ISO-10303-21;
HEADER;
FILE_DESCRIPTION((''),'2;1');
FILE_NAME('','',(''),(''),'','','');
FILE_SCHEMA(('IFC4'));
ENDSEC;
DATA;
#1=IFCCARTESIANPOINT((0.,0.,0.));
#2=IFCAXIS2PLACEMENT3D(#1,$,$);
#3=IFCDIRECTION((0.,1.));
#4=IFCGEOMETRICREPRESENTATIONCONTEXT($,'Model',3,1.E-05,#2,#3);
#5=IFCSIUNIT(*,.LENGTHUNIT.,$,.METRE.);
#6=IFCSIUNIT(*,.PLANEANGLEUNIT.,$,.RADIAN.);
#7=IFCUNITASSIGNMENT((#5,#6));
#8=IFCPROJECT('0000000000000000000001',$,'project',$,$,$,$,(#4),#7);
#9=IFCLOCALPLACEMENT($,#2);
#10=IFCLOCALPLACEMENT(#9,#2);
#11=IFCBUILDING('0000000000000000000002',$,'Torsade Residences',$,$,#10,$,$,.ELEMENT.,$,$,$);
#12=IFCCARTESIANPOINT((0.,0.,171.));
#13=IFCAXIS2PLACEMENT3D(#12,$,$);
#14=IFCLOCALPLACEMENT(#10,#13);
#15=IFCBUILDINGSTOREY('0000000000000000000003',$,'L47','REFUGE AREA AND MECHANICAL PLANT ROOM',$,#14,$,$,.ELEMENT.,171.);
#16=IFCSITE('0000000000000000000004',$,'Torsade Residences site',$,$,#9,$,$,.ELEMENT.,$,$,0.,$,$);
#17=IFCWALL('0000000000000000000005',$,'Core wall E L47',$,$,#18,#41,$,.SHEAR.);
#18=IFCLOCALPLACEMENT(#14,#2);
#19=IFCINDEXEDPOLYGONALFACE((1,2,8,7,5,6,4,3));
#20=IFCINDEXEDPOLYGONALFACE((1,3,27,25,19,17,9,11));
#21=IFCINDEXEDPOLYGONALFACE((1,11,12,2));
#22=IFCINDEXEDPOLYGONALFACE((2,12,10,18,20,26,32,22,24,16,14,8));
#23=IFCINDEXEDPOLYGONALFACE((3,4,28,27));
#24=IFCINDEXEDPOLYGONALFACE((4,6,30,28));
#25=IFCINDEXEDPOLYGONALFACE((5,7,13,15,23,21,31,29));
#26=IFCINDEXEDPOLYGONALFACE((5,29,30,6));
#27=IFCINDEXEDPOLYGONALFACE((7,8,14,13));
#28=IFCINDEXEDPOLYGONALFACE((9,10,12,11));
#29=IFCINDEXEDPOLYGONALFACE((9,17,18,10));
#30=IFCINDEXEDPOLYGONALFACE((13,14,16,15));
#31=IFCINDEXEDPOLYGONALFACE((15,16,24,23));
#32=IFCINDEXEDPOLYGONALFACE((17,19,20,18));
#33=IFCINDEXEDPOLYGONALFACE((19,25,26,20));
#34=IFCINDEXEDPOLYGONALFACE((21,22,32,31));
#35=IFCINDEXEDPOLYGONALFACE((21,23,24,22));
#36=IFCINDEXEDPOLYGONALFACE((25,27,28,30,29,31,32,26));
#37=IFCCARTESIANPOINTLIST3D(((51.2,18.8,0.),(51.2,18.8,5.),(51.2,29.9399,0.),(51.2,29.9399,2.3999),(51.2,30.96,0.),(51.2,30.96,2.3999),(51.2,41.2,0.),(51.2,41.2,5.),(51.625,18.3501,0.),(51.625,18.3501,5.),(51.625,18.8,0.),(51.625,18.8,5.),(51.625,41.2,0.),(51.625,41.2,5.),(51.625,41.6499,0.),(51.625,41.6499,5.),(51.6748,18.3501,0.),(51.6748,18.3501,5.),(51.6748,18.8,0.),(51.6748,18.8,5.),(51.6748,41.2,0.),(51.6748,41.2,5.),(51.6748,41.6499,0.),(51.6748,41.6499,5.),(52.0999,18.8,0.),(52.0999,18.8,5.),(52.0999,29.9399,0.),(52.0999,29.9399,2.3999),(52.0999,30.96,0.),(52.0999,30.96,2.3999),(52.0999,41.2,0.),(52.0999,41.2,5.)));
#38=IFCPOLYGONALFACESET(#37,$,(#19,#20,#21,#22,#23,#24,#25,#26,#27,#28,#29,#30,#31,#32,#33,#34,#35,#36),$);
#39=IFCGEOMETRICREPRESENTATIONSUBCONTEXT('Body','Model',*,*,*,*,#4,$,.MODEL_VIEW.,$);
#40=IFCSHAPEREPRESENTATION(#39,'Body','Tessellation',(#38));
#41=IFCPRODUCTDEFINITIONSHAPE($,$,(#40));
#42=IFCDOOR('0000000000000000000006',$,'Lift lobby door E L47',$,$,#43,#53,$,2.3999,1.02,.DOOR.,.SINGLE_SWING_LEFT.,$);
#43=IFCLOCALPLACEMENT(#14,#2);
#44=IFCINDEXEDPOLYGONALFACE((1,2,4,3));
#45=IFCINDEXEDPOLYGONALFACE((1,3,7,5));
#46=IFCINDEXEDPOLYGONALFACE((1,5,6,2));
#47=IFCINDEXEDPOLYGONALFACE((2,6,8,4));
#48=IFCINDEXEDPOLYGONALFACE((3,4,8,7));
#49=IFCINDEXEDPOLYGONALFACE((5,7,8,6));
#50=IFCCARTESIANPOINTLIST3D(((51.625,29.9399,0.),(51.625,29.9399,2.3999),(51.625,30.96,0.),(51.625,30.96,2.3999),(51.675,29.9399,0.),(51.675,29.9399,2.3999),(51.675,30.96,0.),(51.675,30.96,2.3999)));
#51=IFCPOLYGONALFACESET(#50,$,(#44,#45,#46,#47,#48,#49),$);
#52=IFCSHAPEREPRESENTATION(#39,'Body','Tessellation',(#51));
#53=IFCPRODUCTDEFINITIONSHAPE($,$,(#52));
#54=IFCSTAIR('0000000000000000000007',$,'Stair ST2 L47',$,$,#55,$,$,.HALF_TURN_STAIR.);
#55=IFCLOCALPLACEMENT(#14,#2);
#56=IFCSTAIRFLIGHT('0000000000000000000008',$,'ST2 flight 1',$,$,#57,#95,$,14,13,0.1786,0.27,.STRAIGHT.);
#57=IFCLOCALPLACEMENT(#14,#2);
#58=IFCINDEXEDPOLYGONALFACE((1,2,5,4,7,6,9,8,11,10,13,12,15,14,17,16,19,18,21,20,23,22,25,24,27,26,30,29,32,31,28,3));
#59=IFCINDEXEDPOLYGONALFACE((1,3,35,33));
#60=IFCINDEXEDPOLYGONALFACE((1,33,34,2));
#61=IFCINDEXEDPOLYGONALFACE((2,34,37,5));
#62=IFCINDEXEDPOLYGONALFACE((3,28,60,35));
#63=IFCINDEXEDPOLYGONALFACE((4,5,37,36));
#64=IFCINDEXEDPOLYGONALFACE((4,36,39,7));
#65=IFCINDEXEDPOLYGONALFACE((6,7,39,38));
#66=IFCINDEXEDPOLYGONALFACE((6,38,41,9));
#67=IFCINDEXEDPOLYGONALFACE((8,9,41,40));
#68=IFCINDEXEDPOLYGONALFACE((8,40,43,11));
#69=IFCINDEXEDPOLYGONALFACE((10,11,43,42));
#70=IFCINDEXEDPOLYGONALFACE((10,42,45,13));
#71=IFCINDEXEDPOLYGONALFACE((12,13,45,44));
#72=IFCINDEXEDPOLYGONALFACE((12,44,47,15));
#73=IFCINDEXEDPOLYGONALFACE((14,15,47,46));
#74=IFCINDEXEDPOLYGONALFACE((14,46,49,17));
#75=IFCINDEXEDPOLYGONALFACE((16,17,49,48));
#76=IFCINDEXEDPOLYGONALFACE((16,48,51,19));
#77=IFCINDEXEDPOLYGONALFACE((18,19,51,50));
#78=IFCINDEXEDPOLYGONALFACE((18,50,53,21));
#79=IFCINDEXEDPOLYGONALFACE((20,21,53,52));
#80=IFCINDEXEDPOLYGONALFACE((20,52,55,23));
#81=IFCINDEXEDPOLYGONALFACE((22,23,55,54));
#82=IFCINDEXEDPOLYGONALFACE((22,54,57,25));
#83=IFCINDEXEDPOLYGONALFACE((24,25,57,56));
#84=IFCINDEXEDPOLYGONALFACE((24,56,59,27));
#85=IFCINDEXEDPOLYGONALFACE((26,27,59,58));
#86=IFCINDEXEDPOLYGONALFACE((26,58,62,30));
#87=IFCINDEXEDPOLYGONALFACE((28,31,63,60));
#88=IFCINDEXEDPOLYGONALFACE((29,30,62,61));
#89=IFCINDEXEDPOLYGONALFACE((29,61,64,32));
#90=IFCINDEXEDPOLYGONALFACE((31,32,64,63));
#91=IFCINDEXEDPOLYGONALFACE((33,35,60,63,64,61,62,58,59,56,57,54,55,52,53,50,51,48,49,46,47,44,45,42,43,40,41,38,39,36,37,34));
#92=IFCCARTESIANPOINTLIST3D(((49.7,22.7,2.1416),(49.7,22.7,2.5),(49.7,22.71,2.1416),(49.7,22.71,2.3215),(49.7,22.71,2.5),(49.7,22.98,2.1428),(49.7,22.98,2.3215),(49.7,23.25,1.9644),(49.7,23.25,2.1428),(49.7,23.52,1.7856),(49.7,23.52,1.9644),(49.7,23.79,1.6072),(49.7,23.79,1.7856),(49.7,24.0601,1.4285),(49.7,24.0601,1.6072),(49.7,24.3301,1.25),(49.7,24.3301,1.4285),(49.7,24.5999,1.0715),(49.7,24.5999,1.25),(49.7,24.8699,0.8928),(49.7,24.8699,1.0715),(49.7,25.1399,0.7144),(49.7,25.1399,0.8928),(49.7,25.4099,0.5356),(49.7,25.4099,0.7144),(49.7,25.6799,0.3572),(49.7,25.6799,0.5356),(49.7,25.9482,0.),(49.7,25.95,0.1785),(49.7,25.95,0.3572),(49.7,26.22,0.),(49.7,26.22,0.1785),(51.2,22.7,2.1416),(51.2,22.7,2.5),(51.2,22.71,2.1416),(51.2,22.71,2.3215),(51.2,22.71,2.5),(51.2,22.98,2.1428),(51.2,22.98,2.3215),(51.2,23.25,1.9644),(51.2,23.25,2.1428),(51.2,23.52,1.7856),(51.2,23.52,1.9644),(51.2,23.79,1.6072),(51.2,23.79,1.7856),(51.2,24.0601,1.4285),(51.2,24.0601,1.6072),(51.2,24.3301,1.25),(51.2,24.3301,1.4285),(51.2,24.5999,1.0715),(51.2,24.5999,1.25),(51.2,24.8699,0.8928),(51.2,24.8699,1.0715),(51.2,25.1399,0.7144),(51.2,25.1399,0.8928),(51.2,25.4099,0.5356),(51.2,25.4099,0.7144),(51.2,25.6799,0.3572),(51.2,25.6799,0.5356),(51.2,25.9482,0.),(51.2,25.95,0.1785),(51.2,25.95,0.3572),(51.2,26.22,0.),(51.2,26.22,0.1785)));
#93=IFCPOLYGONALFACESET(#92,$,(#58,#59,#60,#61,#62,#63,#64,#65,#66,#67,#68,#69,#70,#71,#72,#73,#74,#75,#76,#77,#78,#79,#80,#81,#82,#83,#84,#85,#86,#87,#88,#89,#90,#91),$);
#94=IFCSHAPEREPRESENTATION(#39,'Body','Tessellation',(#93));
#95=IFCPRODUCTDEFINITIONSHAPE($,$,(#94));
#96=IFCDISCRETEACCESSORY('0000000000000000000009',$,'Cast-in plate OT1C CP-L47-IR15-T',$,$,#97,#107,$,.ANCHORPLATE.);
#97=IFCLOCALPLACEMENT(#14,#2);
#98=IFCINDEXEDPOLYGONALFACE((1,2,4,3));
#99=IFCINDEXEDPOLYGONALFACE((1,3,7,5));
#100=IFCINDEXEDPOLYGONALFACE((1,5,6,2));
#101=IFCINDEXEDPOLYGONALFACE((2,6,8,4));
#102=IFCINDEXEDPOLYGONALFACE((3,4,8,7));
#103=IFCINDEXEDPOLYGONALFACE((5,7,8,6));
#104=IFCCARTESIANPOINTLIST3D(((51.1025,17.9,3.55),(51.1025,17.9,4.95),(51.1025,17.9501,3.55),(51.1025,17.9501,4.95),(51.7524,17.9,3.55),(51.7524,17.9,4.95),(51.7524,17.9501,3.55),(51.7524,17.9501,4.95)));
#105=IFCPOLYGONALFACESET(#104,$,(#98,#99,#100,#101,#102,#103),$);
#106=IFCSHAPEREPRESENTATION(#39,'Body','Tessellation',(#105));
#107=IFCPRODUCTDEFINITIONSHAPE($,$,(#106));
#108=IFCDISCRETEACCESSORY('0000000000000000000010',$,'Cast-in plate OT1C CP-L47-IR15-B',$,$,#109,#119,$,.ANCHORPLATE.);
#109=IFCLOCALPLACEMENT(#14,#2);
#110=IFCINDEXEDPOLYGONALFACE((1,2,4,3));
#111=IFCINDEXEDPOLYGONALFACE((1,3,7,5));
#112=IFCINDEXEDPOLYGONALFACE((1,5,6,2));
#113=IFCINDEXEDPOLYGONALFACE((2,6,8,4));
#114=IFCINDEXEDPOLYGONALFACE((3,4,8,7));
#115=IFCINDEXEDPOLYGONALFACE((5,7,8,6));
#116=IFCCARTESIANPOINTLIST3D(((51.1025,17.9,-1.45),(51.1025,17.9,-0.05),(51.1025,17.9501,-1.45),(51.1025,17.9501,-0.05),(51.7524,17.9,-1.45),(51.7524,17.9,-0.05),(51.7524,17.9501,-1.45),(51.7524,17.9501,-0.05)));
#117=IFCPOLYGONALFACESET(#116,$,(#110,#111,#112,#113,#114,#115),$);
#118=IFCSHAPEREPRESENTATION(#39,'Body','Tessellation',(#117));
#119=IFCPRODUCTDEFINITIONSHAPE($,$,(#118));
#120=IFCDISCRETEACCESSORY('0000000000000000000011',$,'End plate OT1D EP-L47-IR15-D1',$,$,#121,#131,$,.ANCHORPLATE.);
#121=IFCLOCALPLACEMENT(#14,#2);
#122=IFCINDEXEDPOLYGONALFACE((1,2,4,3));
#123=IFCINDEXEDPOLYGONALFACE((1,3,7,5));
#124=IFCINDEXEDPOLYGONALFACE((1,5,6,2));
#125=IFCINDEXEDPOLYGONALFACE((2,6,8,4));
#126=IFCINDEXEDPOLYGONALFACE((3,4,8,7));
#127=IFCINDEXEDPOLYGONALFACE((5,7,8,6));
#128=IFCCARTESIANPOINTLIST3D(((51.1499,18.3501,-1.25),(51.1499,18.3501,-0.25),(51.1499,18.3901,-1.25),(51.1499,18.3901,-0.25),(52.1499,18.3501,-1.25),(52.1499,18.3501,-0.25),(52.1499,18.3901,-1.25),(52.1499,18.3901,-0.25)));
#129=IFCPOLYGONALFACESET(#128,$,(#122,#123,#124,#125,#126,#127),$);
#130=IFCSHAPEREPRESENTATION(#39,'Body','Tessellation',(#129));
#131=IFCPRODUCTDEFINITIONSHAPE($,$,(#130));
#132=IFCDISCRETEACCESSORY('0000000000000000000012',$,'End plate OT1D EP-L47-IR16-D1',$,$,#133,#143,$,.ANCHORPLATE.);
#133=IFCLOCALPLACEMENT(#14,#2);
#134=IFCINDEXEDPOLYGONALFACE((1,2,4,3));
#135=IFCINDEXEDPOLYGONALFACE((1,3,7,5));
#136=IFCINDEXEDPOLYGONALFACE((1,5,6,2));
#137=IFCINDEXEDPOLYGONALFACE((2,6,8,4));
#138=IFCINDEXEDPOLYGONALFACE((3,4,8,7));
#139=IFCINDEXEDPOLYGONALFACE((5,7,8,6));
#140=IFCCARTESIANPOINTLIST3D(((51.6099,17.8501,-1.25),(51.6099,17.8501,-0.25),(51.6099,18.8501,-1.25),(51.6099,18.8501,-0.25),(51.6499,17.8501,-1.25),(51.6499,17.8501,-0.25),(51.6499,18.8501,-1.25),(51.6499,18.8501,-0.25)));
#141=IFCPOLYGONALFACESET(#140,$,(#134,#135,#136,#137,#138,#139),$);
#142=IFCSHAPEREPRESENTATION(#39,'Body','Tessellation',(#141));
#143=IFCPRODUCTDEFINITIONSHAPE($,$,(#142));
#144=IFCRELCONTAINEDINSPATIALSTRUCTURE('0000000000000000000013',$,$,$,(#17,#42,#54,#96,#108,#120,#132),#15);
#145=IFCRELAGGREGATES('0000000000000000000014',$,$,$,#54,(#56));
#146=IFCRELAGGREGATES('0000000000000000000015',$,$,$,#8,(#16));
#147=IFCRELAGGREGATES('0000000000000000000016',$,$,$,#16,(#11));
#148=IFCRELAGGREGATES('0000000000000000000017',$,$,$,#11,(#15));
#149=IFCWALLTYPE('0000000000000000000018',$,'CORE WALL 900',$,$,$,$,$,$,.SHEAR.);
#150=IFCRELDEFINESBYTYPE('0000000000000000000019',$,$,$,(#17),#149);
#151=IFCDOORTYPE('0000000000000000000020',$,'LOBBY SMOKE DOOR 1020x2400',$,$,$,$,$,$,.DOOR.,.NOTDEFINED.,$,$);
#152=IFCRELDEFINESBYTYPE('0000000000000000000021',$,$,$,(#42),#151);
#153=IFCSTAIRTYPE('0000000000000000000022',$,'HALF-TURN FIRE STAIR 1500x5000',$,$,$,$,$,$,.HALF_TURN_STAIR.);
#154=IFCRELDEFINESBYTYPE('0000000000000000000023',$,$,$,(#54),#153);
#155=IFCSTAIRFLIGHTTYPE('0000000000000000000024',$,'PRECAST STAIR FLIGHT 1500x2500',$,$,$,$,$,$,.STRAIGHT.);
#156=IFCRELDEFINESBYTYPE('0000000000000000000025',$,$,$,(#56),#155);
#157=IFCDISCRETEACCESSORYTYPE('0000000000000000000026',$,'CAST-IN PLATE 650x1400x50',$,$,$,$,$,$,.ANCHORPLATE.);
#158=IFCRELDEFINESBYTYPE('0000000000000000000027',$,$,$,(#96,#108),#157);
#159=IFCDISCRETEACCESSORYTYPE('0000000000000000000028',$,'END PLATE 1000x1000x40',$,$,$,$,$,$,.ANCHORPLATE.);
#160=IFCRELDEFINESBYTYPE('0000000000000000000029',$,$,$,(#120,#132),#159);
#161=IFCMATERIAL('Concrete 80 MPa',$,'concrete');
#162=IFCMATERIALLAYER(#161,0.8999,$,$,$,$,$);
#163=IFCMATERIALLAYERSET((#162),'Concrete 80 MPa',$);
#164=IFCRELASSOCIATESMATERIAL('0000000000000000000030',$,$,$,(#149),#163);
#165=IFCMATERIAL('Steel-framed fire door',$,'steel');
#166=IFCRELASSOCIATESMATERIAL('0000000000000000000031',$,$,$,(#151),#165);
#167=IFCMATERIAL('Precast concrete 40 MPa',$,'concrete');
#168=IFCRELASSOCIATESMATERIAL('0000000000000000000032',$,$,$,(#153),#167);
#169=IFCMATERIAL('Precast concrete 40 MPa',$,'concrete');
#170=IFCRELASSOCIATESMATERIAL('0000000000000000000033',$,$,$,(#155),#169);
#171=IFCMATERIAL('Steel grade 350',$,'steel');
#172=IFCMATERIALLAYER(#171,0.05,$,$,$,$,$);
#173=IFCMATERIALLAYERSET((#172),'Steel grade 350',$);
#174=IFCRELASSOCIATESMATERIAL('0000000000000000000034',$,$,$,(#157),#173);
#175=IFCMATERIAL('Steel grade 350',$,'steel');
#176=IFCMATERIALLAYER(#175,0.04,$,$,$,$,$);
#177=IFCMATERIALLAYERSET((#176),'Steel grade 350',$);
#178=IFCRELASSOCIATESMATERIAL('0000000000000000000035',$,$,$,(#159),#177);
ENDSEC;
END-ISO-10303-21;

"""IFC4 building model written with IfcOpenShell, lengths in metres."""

from ifc_helpers import new_model, si_unit, direction, frame, frame_2d, origin, origin_2d, place, context, subcontext, project, spatial, polyline, rectangle, outline, extrude, material, layer, layer_set, type_object, element, fill, aggregate, save


model = new_model("IFC4")

# Units and contexts
model_context = context("Model", 3, precision=1e-05, world=origin(), true_north=direction((0.0, 1.0)))
body_context = subcontext(model_context, "Body", "Model", "MODEL_VIEW")
ifc_project = project(units=[si_unit("LENGTHUNIT", "METRE"), si_unit("PLANEANGLEUNIT", "RADIAN")], contexts=[model_context])

# Site, building, storey
site_placement = place(None, origin())
site = spatial("IfcSite", under=ifc_project, at=site_placement, Name="Torsade Residences site", CompositionType="ELEMENT", RefElevation=0.0)
building_placement = place(site_placement, origin())
building = spatial("IfcBuilding", under=site, at=building_placement, Name="Torsade Residences", CompositionType="ELEMENT")
storey_placement = place(building_placement, frame((0.0, 0.0, 171.0)))
storey = spatial("IfcBuildingStorey", under=building, at=storey_placement, Name="L47", Description="REFUGE AREA AND MECHANICAL PLANT ROOM", CompositionType="ELEMENT", Elevation=171.0)

# Shared definitions
ifc_material_1 = material(Name="Concrete 80 MPa", Category="concrete")
ifc_layer_1 = layer(ifc_material_1, 0.8999)
ifc_layer_set_1 = layer_set([ifc_layer_1], Name="Concrete 80 MPa")
wall_type_1 = type_object("IfcWallType", Name="CORE WALL 900", PredefinedType="SHEAR", material=ifc_layer_set_1)

# Wall, opening, door
wall_1_placement = place(storey_placement, frame((51.6499, 18.8, 0.0), z_axis=(0.0, 0.0, 1.0), x_axis=(0.0, 1.0, 0.0)))
wall_1 = element("IfcWall", 1, at=wall_1_placement, inside=storey, type_object=wall_type_1, Name="Core wall E L47", PredefinedType="SHEAR", context=body_context, shape_type="SweptSolid", body=[
    extrude(outline(polyline([(0.0, -0.45), (22.3999, -0.45), (22.3999, -0.0249), (22.8499, -0.0249), (22.8499, 0.0249), (22.3999, 0.0249), (22.3999, 0.45), (0.0, 0.45), (0.0, 0.0249), (-0.45, 0.0249), (-0.45, -0.0249), (0.0, -0.0249), (0.0, -0.45)])), origin(), (0.0, 0.0, 1.0), 5.0),
])
opening_1_placement = place(wall_1_placement, frame((11.1399, 0.0, 0.0)))
opening_1 = element("IfcOpeningElement", 2, at=opening_1_placement, cuts=wall_1, PredefinedType="OPENING", context=body_context, shape_type="SweptSolid", body=[
    extrude(rectangle(XDim=1.02, YDim=2.3999, at=frame_2d((0.51, 1.2))), frame((0.0, 0.46, 0.0), z_axis=(0.0, -1.0, 0.0), x_axis=(1.0, 0.0, 0.0)), (0.0, 0.0, 1.0), 0.9199),
])
ifc_material_2 = material(Name="Steel-framed fire door", Category="steel")
door_type_1 = type_object("IfcDoorType", Name="LOBBY SMOKE DOOR 1020x2400", OperationType="NOTDEFINED", PredefinedType="DOOR", material=ifc_material_2)
door_1_placement = place(opening_1_placement, origin())
door_1 = element("IfcDoor", 3, at=door_1_placement, inside=storey, type_object=door_type_1, Name="Lift lobby door E L47", OperationType="SINGLE_SWING_LEFT", OverallHeight=2.3999, OverallWidth=1.02, PredefinedType="DOOR", context=body_context, shape_type="SweptSolid", body=[
    extrude(rectangle(XDim=1.02, YDim=2.3999, at=frame_2d((0.51, 1.2))), frame((0.0, 0.0249, 0.0), z_axis=(0.0, -1.0, 0.0), x_axis=(1.0, 0.0, 0.0)), (0.0, 0.0, 1.0), 0.05),
])
fill(opening_1, door_1)

# Stair, stair flight
ifc_material_3 = material(Name="Precast concrete 40 MPa", Category="concrete")
stair_type = type_object("IfcStairType", Name="HALF-TURN FIRE STAIR 1500x5000", PredefinedType="HALF_TURN_STAIR", material=ifc_material_3)
stair_placement = place(storey_placement, origin())
stair = element("IfcStair", 4, at=stair_placement, inside=storey, type_object=stair_type, Name="Stair ST2 L47", PredefinedType="HALF_TURN_STAIR")
ifc_material_4 = material(Name="Precast concrete 40 MPa", Category="concrete")
stair_flight_type = type_object("IfcStairFlightType", Name="PRECAST STAIR FLIGHT 1500x2500", PredefinedType="STRAIGHT", material=ifc_material_4)
stair_flight_placement = place(storey_placement, frame((50.45, 26.22, 0.0), z_axis=(0.0, 0.0, 1.0), x_axis=(0.0, -1.0, 0.0)))
stair_flight = element("IfcStairFlight", 5, at=stair_flight_placement, type_object=stair_flight_type, Name="ST2 flight 1", NumberOfRisers=14, NumberOfTreads=13, PredefinedType="STRAIGHT", RiserHeight=0.1786, TreadLength=0.27, context=body_context, shape_type="SweptSolid", body=[
    extrude(outline(polyline([(0.0, 0.0), (0.0, 0.1785), (0.27, 0.1785), (0.27, 0.3572), (0.54, 0.3572), (0.54, 0.5356), (0.8101, 0.5356), (0.8101, 0.7144), (1.0801, 0.7144), (1.0801, 0.8928), (1.3501, 0.8928), (1.3501, 1.0715), (1.6201, 1.0715), (1.6201, 1.25), (1.8899, 1.25), (1.8899, 1.4285), (2.1599, 1.4285), (2.1599, 1.6072), (2.4299, 1.6072), (2.4299, 1.7856), (2.7, 1.7856), (2.7, 1.9644), (2.97, 1.9644), (2.97, 2.1428), (3.24, 2.1428), (3.24, 2.3215), (3.51, 2.3215), (3.51, 2.5), (3.52, 2.5), (3.52, 2.1416), (3.51, 2.1416), (0.2717, 0.0), (0.0, 0.0)])), frame((0.0, 0.75, 0.0), z_axis=(0.0, -1.0, 0.0), x_axis=(1.0, 0.0, 0.0)), (0.0, 0.0, 1.0), 1.5),
])
aggregate(stair, [stair_flight])

# Discrete accessories
ifc_material_5 = material(Name="Steel grade 350", Category="steel")
ifc_layer_2 = layer(ifc_material_5, 0.05)
ifc_layer_set_2 = layer_set([ifc_layer_2], Name="Steel grade 350")
discrete_accessory_type_1 = type_object("IfcDiscreteAccessoryType", Name="CAST-IN PLATE 650x1400x50", PredefinedType="ANCHORPLATE", material=ifc_layer_set_2)
for number, where, z_axis, x_axis, name in (
    (6, (51.4275, 17.925, 3.55), (0.0, 0.0, 1.0), (1.0, 0.0, 0.0), "Cast-in plate OT1C CP-L47-IR15-T"),
    (7, (51.4275, 17.925, -1.45), (0.0, 0.0, 1.0), (1.0, 0.0, 0.0), "Cast-in plate OT1C CP-L47-IR15-B"),
):
    element("IfcDiscreteAccessory", number, at=place(storey_placement, frame(where, z_axis=z_axis, x_axis=x_axis)), inside=storey, type_object=discrete_accessory_type_1, Name=name, PredefinedType="ANCHORPLATE", context=body_context, shape_type="SweptSolid", body=[
        extrude(rectangle(XDim=0.6499, YDim=0.05, at=origin_2d()), origin(), (0.0, 0.0, 1.0), 1.3999),
    ])
ifc_material_6 = material(Name="Steel grade 350", Category="steel")
ifc_layer_3 = layer(ifc_material_6, 0.04)
ifc_layer_set_3 = layer_set([ifc_layer_3], Name="Steel grade 350")
discrete_accessory_type_2 = type_object("IfcDiscreteAccessoryType", Name="END PLATE 1000x1000x40", PredefinedType="ANCHORPLATE", material=ifc_layer_set_3)
discrete_accessory_1_placement = place(storey_placement, frame((51.6499, 18.3701, -1.25), z_axis=(0.0, 0.0, 1.0), x_axis=(1.0, 0.0, 0.0)))
element("IfcDiscreteAccessory", 8, at=discrete_accessory_1_placement, inside=storey, type_object=discrete_accessory_type_2, Name="End plate OT1D EP-L47-IR15-D1", PredefinedType="ANCHORPLATE", context=body_context, shape_type="SweptSolid", body=[
    extrude(rectangle(XDim=1.0, YDim=0.04, at=origin_2d()), origin(), (0.0, 0.0, 1.0), 1.0),
])
discrete_accessory_2_placement = place(storey_placement, frame((51.6299, 18.3501, -1.25), z_axis=(0.0, 0.0, 1.0), x_axis=(1.0, 0.0, 0.0)))
element("IfcDiscreteAccessory", 9, at=discrete_accessory_2_placement, inside=storey, type_object=discrete_accessory_type_2, Name="End plate OT1D EP-L47-IR16-D1", PredefinedType="ANCHORPLATE", context=body_context, shape_type="SweptSolid", body=[
    extrude(rectangle(XDim=0.04, YDim=1.0, at=origin_2d()), origin(), (0.0, 0.0, 1.0), 1.0),
])

save(model, "model.ifc")
